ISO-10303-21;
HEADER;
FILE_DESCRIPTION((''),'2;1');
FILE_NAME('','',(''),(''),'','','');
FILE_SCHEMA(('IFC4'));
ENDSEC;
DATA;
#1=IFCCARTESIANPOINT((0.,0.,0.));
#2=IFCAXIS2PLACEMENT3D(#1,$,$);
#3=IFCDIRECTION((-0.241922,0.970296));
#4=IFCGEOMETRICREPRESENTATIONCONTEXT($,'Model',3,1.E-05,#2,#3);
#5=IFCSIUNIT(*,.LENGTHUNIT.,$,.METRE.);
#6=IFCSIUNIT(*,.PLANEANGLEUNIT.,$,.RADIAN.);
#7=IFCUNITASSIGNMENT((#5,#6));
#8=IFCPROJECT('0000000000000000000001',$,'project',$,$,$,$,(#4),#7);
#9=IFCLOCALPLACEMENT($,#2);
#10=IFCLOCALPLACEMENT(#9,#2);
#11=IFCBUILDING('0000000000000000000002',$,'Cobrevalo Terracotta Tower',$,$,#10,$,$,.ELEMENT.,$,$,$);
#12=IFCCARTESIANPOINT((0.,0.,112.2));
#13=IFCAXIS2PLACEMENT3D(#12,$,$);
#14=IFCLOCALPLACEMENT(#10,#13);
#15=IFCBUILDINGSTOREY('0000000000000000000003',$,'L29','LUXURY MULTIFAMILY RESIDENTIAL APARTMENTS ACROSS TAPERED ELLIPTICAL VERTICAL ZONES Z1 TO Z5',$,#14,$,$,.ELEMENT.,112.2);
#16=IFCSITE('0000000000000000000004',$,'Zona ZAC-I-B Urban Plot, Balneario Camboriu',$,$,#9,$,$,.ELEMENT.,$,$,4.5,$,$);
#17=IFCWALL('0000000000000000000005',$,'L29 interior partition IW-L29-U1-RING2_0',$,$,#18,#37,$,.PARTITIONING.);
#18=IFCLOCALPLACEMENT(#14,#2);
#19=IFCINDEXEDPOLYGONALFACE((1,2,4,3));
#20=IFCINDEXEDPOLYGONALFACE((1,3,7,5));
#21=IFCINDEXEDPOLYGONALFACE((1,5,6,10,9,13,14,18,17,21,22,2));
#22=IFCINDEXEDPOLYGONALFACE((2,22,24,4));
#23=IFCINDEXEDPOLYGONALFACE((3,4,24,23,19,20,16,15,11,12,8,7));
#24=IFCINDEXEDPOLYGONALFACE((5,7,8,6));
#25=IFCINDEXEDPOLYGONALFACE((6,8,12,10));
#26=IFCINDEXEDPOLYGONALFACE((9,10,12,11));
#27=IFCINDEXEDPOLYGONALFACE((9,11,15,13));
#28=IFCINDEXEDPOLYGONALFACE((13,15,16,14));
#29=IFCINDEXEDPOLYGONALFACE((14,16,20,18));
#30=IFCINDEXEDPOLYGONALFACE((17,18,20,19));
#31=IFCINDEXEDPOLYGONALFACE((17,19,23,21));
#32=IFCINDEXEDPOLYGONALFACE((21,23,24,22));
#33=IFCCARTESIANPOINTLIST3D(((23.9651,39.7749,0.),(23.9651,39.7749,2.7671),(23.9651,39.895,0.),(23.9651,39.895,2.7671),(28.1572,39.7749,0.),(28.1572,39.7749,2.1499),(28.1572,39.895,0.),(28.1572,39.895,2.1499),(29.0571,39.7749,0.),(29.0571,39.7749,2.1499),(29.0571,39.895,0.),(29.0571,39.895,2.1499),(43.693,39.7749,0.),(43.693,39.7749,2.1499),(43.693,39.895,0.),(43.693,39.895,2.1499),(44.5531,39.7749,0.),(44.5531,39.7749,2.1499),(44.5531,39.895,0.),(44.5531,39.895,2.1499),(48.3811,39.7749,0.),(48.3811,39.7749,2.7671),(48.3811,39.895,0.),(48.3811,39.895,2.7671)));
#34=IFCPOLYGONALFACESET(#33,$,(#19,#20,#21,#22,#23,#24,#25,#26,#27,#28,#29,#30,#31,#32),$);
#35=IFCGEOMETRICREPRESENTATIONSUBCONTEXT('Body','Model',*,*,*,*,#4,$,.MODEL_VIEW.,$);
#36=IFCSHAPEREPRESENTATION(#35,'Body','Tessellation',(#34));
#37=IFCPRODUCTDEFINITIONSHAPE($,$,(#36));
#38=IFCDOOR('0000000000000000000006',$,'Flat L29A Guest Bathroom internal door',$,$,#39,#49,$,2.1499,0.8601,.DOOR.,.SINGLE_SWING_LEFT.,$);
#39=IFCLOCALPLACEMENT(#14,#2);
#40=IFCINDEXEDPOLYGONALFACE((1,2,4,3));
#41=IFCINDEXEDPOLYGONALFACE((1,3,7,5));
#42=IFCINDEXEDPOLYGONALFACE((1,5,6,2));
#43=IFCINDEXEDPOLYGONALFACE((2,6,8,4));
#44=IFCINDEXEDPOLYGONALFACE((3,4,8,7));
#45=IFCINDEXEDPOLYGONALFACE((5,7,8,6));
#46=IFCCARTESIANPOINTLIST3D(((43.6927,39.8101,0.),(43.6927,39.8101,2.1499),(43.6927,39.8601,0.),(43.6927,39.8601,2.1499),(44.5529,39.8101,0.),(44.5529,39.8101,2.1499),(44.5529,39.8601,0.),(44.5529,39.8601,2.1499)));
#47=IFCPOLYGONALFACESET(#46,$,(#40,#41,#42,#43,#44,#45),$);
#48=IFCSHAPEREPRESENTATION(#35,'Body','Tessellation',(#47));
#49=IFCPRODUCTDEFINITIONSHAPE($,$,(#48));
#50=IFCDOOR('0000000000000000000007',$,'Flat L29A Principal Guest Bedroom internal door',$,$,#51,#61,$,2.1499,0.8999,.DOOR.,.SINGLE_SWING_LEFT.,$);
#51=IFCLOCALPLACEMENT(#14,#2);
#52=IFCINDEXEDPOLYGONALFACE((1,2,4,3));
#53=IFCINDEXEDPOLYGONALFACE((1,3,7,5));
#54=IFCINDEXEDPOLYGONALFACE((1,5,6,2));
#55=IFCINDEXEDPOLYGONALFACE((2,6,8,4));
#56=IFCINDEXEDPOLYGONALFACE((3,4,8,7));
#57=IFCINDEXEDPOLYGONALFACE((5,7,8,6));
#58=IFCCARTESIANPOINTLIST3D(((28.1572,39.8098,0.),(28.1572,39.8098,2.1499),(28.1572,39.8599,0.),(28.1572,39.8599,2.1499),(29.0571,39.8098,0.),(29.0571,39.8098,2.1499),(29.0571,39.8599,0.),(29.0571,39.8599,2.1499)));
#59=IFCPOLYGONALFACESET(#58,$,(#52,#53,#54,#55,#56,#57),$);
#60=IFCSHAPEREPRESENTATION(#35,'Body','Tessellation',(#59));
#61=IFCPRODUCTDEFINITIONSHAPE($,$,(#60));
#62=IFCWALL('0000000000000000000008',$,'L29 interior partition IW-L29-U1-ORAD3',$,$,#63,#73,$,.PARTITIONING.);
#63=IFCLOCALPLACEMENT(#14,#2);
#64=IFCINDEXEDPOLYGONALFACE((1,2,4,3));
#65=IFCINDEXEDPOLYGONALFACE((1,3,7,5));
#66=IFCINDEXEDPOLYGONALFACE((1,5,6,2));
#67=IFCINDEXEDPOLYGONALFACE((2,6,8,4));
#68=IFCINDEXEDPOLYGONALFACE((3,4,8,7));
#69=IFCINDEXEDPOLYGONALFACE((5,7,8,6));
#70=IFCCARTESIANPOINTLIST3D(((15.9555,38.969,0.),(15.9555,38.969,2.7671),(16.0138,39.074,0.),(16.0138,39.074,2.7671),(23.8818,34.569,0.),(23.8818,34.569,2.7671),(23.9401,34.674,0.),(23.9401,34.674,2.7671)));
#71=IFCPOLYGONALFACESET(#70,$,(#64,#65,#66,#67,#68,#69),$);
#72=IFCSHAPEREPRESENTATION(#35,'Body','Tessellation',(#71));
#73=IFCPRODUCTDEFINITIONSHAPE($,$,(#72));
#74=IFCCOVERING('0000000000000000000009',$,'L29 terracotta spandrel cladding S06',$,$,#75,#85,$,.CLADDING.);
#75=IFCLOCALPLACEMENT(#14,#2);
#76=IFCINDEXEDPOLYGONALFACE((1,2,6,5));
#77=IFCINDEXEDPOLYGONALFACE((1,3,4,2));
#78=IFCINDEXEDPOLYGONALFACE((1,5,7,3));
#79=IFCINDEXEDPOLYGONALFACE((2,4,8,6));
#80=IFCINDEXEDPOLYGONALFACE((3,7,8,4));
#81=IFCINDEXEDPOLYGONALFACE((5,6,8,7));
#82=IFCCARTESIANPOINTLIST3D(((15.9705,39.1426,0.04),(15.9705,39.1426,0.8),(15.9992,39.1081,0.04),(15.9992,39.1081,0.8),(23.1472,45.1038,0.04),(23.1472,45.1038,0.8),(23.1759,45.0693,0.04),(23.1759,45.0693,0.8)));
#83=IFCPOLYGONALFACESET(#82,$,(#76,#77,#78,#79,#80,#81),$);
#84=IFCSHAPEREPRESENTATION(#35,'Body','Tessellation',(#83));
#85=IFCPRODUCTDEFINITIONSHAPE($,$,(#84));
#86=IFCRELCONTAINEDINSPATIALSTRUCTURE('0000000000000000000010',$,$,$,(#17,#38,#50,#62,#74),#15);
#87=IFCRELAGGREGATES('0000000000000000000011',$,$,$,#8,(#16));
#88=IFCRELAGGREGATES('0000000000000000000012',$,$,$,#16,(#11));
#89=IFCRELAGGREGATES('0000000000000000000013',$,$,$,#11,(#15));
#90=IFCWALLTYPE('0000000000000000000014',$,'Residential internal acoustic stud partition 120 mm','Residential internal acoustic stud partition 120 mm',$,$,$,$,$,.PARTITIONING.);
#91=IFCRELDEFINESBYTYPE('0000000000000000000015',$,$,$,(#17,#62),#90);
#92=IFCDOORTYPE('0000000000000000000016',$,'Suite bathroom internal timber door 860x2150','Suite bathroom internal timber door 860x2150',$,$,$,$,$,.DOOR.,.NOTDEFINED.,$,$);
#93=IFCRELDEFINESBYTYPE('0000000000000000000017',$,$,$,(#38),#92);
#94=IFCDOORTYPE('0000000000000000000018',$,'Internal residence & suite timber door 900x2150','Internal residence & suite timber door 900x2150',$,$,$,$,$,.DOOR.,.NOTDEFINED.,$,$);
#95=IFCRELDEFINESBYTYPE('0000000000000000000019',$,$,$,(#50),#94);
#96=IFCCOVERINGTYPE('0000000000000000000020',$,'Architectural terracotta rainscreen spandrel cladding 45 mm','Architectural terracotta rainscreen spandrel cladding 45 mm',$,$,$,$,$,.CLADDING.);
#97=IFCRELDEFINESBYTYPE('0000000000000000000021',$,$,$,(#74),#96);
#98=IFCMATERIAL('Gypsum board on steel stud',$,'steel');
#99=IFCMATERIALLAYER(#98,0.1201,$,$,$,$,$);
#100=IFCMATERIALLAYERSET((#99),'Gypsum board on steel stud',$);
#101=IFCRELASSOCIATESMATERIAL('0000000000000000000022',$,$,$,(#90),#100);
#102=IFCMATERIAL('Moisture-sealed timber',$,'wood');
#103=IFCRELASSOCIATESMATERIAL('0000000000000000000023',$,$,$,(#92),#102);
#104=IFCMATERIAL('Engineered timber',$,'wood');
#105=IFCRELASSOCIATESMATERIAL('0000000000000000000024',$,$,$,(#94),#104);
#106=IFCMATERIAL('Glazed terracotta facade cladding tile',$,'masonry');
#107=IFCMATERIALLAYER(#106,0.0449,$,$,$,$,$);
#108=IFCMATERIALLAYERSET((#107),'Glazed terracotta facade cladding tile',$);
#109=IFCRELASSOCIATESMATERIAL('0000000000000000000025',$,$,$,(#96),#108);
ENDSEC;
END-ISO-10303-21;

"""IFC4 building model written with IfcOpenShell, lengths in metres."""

from ifc_helpers import new_model, si_unit, direction, frame, frame_2d, origin, origin_2d, place, context, subcontext, project, spatial, rectangle, extrude, source, transform, mapped, material, layer, layer_set, type_object, element, fill, save


model = new_model("IFC4")

# Units and contexts
model_context = context("Model", 3, precision=1e-05, world=origin(), true_north=direction((-0.241922, 0.970296)))
body_context = subcontext(model_context, "Body", "Model", "MODEL_VIEW")
ifc_project = project(units=[si_unit("LENGTHUNIT", "METRE"), si_unit("PLANEANGLEUNIT", "RADIAN")], contexts=[model_context])

# Site, building, storey
site_placement = place(None, origin())
site = spatial("IfcSite", under=ifc_project, at=site_placement, Name="Zona ZAC-I-B Urban Plot, Balneario Camboriu", CompositionType="ELEMENT", RefElevation=4.5)
building_placement = place(site_placement, origin())
building = spatial("IfcBuilding", under=site, at=building_placement, Name="Cobrevalo Terracotta Tower", CompositionType="ELEMENT")
storey_placement = place(building_placement, frame((0.0, 0.0, 112.2)))
storey = spatial("IfcBuildingStorey", under=building, at=storey_placement, Name="L29", Description="LUXURY MULTIFAMILY RESIDENTIAL APARTMENTS ACROSS TAPERED ELLIPTICAL VERTICAL ZONES Z1 TO Z5", CompositionType="ELEMENT", Elevation=112.2)

# Wall, openings, doors
ifc_material_1 = material(Name="Gypsum board on steel stud", Category="steel")
ifc_layer_1 = layer(ifc_material_1, 0.1201)
ifc_layer_set_1 = layer_set([ifc_layer_1], Name="Gypsum board on steel stud")
wall_type_1 = type_object("IfcWallType", Name="Residential internal acoustic stud partition 120 mm", Description="Residential internal acoustic stud partition 120 mm", PredefinedType="PARTITIONING", material=ifc_layer_set_1)
wall_1_placement = place(storey_placement, frame((23.9651, 39.835, 0.0), z_axis=(0.0, 0.0, 1.0), x_axis=(1.0, 0.0, 0.0)))
wall_1 = element("IfcWall", 1, at=wall_1_placement, inside=storey, type_object=wall_type_1, Name="L29 interior partition IW-L29-U1-RING2_0", PredefinedType="PARTITIONING", context=body_context, shape_type="SweptSolid", body=[
    extrude(rectangle(XDim=24.416, YDim=0.1201, at=frame_2d((12.208, 0.0))), origin(), (0.0, 0.0, 1.0), 2.7671),
])
opening_1_placement = place(wall_1_placement, frame((4.1921, 0.0, 0.0)))
opening_1 = element("IfcOpeningElement", 2, at=opening_1_placement, cuts=wall_1, PredefinedType="OPENING", context=body_context, shape_type="SweptSolid", body=[
    extrude(rectangle(XDim=0.8999, YDim=2.1499, at=frame_2d((0.45, 1.075))), frame((0.0, 0.0701, 0.0), z_axis=(0.0, -1.0, 0.0), x_axis=(1.0, 0.0, 0.0)), (0.0, 0.0, 1.0), 0.1401),
])
opening_2_placement = place(wall_1_placement, frame((19.7278, 0.0, 0.0)))
opening_2 = element("IfcOpeningElement", 3, at=opening_2_placement, cuts=wall_1, PredefinedType="OPENING", context=body_context, shape_type="SweptSolid", body=[
    extrude(rectangle(XDim=0.8601, YDim=2.1499, at=frame_2d((0.4302, 1.075))), frame((0.0, 0.0701, 0.0), z_axis=(0.0, -1.0, 0.0), x_axis=(1.0, 0.0, 0.0)), (0.0, 0.0, 1.0), 0.1401),
])
ifc_material_2 = material(Name="Moisture-sealed timber", Category="wood")
door_type_1 = type_object("IfcDoorType", Name="Suite bathroom internal timber door 860x2150", Description="Suite bathroom internal timber door 860x2150", OperationType="NOTDEFINED", PredefinedType="DOOR", material=ifc_material_2)
shared_shape_1 = source(origin(), body_context, "Body", "SweptSolid", [
    extrude(rectangle(XDim=0.8601, YDim=2.1499, at=frame_2d((0.4302, 1.075))), frame((0.0, 0.0249, 0.0), z_axis=(0.0, -1.0, 0.0), x_axis=(1.0, 0.0, 0.0)), (0.0, 0.0, 1.0), 0.05),
])
door_1_placement = place(opening_2_placement, frame((0.8601, 0.0, 0.0), z_axis=(0.0, 0.0, 1.0), x_axis=(-1.0, 0.0, 0.0)))
door_1 = element("IfcDoor", 4, at=door_1_placement, inside=storey, type_object=door_type_1, Name="Flat L29A Guest Bathroom internal door", OperationType="SINGLE_SWING_LEFT", OverallHeight=2.1499, OverallWidth=0.8601, PredefinedType="DOOR", context=body_context, shape_type="MappedRepresentation", body=[
    mapped(shared_shape_1, transform((0.0, 0.0, 0.0), scale=1.0)),
])
fill(opening_2, door_1)
ifc_material_3 = material(Name="Engineered timber", Category="wood")
door_type_2 = type_object("IfcDoorType", Name="Internal residence & suite timber door 900x2150", Description="Internal residence & suite timber door 900x2150", OperationType="NOTDEFINED", PredefinedType="DOOR", material=ifc_material_3)
shared_shape_2 = source(origin(), body_context, "Body", "SweptSolid", [
    extrude(rectangle(XDim=0.8999, YDim=2.1499, at=frame_2d((0.45, 1.075))), frame((0.0, 0.0249, 0.0), z_axis=(0.0, -1.0, 0.0), x_axis=(1.0, 0.0, 0.0)), (0.0, 0.0, 1.0), 0.05),
])
door_2_placement = place(opening_1_placement, origin())
door_2 = element("IfcDoor", 5, at=door_2_placement, inside=storey, type_object=door_type_2, Name="Flat L29A Principal Guest Bedroom internal door", OperationType="SINGLE_SWING_LEFT", OverallHeight=2.1499, OverallWidth=0.8999, PredefinedType="DOOR", context=body_context, shape_type="MappedRepresentation", body=[
    mapped(shared_shape_2, transform((0.0, 0.0, 0.0), scale=1.0)),
])
fill(opening_1, door_2)

# Wall
wall_2_placement = place(storey_placement, frame((23.9109, 34.6216, 0.0), z_axis=(0.0, 0.0, 1.0), x_axis=(-0.874325, 0.485341, 0.0)))
element("IfcWall", 6, at=wall_2_placement, inside=storey, type_object=wall_type_1, Name="L29 interior partition IW-L29-U1-ORAD3", PredefinedType="PARTITIONING", context=body_context, shape_type="SweptSolid", body=[
    extrude(rectangle(XDim=9.0657, YDim=0.1201, at=frame_2d((4.5327, 0.0))), origin(), (0.0, 0.0, 1.0), 2.7671),
])

# Covering
ifc_material_4 = material(Name="Glazed terracotta facade cladding tile", Category="masonry")
ifc_layer_2 = layer(ifc_material_4, 0.0449)
ifc_layer_set_2 = layer_set([ifc_layer_2], Name="Glazed terracotta facade cladding tile")
covering_type = type_object("IfcCoveringType", Name="Architectural terracotta rainscreen spandrel cladding 45 mm", Description="Architectural terracotta rainscreen spandrel cladding 45 mm", PredefinedType="CLADDING", material=ifc_layer_set_2)
shared_shape_3 = source(origin(), body_context, "Body", "SweptSolid", [
    extrude(rectangle(XDim=9.3296, YDim=0.0449, at=origin_2d()), origin(), (0.0, 0.0, 1.0), 0.76),
])
covering_placement = place(storey_placement, frame((19.5732, 42.106, 0.04), z_axis=(0.0, 0.0, 1.0), x_axis=(-0.769241, -0.638958, 0.0)))
element("IfcCovering", 7, at=covering_placement, inside=storey, type_object=covering_type, Name="L29 terracotta spandrel cladding S06", PredefinedType="CLADDING", context=body_context, shape_type="MappedRepresentation", body=[
    mapped(shared_shape_3, transform((0.0, 0.0, 0.0), scale=1.0)),
])

save(model, "model.ifc")
